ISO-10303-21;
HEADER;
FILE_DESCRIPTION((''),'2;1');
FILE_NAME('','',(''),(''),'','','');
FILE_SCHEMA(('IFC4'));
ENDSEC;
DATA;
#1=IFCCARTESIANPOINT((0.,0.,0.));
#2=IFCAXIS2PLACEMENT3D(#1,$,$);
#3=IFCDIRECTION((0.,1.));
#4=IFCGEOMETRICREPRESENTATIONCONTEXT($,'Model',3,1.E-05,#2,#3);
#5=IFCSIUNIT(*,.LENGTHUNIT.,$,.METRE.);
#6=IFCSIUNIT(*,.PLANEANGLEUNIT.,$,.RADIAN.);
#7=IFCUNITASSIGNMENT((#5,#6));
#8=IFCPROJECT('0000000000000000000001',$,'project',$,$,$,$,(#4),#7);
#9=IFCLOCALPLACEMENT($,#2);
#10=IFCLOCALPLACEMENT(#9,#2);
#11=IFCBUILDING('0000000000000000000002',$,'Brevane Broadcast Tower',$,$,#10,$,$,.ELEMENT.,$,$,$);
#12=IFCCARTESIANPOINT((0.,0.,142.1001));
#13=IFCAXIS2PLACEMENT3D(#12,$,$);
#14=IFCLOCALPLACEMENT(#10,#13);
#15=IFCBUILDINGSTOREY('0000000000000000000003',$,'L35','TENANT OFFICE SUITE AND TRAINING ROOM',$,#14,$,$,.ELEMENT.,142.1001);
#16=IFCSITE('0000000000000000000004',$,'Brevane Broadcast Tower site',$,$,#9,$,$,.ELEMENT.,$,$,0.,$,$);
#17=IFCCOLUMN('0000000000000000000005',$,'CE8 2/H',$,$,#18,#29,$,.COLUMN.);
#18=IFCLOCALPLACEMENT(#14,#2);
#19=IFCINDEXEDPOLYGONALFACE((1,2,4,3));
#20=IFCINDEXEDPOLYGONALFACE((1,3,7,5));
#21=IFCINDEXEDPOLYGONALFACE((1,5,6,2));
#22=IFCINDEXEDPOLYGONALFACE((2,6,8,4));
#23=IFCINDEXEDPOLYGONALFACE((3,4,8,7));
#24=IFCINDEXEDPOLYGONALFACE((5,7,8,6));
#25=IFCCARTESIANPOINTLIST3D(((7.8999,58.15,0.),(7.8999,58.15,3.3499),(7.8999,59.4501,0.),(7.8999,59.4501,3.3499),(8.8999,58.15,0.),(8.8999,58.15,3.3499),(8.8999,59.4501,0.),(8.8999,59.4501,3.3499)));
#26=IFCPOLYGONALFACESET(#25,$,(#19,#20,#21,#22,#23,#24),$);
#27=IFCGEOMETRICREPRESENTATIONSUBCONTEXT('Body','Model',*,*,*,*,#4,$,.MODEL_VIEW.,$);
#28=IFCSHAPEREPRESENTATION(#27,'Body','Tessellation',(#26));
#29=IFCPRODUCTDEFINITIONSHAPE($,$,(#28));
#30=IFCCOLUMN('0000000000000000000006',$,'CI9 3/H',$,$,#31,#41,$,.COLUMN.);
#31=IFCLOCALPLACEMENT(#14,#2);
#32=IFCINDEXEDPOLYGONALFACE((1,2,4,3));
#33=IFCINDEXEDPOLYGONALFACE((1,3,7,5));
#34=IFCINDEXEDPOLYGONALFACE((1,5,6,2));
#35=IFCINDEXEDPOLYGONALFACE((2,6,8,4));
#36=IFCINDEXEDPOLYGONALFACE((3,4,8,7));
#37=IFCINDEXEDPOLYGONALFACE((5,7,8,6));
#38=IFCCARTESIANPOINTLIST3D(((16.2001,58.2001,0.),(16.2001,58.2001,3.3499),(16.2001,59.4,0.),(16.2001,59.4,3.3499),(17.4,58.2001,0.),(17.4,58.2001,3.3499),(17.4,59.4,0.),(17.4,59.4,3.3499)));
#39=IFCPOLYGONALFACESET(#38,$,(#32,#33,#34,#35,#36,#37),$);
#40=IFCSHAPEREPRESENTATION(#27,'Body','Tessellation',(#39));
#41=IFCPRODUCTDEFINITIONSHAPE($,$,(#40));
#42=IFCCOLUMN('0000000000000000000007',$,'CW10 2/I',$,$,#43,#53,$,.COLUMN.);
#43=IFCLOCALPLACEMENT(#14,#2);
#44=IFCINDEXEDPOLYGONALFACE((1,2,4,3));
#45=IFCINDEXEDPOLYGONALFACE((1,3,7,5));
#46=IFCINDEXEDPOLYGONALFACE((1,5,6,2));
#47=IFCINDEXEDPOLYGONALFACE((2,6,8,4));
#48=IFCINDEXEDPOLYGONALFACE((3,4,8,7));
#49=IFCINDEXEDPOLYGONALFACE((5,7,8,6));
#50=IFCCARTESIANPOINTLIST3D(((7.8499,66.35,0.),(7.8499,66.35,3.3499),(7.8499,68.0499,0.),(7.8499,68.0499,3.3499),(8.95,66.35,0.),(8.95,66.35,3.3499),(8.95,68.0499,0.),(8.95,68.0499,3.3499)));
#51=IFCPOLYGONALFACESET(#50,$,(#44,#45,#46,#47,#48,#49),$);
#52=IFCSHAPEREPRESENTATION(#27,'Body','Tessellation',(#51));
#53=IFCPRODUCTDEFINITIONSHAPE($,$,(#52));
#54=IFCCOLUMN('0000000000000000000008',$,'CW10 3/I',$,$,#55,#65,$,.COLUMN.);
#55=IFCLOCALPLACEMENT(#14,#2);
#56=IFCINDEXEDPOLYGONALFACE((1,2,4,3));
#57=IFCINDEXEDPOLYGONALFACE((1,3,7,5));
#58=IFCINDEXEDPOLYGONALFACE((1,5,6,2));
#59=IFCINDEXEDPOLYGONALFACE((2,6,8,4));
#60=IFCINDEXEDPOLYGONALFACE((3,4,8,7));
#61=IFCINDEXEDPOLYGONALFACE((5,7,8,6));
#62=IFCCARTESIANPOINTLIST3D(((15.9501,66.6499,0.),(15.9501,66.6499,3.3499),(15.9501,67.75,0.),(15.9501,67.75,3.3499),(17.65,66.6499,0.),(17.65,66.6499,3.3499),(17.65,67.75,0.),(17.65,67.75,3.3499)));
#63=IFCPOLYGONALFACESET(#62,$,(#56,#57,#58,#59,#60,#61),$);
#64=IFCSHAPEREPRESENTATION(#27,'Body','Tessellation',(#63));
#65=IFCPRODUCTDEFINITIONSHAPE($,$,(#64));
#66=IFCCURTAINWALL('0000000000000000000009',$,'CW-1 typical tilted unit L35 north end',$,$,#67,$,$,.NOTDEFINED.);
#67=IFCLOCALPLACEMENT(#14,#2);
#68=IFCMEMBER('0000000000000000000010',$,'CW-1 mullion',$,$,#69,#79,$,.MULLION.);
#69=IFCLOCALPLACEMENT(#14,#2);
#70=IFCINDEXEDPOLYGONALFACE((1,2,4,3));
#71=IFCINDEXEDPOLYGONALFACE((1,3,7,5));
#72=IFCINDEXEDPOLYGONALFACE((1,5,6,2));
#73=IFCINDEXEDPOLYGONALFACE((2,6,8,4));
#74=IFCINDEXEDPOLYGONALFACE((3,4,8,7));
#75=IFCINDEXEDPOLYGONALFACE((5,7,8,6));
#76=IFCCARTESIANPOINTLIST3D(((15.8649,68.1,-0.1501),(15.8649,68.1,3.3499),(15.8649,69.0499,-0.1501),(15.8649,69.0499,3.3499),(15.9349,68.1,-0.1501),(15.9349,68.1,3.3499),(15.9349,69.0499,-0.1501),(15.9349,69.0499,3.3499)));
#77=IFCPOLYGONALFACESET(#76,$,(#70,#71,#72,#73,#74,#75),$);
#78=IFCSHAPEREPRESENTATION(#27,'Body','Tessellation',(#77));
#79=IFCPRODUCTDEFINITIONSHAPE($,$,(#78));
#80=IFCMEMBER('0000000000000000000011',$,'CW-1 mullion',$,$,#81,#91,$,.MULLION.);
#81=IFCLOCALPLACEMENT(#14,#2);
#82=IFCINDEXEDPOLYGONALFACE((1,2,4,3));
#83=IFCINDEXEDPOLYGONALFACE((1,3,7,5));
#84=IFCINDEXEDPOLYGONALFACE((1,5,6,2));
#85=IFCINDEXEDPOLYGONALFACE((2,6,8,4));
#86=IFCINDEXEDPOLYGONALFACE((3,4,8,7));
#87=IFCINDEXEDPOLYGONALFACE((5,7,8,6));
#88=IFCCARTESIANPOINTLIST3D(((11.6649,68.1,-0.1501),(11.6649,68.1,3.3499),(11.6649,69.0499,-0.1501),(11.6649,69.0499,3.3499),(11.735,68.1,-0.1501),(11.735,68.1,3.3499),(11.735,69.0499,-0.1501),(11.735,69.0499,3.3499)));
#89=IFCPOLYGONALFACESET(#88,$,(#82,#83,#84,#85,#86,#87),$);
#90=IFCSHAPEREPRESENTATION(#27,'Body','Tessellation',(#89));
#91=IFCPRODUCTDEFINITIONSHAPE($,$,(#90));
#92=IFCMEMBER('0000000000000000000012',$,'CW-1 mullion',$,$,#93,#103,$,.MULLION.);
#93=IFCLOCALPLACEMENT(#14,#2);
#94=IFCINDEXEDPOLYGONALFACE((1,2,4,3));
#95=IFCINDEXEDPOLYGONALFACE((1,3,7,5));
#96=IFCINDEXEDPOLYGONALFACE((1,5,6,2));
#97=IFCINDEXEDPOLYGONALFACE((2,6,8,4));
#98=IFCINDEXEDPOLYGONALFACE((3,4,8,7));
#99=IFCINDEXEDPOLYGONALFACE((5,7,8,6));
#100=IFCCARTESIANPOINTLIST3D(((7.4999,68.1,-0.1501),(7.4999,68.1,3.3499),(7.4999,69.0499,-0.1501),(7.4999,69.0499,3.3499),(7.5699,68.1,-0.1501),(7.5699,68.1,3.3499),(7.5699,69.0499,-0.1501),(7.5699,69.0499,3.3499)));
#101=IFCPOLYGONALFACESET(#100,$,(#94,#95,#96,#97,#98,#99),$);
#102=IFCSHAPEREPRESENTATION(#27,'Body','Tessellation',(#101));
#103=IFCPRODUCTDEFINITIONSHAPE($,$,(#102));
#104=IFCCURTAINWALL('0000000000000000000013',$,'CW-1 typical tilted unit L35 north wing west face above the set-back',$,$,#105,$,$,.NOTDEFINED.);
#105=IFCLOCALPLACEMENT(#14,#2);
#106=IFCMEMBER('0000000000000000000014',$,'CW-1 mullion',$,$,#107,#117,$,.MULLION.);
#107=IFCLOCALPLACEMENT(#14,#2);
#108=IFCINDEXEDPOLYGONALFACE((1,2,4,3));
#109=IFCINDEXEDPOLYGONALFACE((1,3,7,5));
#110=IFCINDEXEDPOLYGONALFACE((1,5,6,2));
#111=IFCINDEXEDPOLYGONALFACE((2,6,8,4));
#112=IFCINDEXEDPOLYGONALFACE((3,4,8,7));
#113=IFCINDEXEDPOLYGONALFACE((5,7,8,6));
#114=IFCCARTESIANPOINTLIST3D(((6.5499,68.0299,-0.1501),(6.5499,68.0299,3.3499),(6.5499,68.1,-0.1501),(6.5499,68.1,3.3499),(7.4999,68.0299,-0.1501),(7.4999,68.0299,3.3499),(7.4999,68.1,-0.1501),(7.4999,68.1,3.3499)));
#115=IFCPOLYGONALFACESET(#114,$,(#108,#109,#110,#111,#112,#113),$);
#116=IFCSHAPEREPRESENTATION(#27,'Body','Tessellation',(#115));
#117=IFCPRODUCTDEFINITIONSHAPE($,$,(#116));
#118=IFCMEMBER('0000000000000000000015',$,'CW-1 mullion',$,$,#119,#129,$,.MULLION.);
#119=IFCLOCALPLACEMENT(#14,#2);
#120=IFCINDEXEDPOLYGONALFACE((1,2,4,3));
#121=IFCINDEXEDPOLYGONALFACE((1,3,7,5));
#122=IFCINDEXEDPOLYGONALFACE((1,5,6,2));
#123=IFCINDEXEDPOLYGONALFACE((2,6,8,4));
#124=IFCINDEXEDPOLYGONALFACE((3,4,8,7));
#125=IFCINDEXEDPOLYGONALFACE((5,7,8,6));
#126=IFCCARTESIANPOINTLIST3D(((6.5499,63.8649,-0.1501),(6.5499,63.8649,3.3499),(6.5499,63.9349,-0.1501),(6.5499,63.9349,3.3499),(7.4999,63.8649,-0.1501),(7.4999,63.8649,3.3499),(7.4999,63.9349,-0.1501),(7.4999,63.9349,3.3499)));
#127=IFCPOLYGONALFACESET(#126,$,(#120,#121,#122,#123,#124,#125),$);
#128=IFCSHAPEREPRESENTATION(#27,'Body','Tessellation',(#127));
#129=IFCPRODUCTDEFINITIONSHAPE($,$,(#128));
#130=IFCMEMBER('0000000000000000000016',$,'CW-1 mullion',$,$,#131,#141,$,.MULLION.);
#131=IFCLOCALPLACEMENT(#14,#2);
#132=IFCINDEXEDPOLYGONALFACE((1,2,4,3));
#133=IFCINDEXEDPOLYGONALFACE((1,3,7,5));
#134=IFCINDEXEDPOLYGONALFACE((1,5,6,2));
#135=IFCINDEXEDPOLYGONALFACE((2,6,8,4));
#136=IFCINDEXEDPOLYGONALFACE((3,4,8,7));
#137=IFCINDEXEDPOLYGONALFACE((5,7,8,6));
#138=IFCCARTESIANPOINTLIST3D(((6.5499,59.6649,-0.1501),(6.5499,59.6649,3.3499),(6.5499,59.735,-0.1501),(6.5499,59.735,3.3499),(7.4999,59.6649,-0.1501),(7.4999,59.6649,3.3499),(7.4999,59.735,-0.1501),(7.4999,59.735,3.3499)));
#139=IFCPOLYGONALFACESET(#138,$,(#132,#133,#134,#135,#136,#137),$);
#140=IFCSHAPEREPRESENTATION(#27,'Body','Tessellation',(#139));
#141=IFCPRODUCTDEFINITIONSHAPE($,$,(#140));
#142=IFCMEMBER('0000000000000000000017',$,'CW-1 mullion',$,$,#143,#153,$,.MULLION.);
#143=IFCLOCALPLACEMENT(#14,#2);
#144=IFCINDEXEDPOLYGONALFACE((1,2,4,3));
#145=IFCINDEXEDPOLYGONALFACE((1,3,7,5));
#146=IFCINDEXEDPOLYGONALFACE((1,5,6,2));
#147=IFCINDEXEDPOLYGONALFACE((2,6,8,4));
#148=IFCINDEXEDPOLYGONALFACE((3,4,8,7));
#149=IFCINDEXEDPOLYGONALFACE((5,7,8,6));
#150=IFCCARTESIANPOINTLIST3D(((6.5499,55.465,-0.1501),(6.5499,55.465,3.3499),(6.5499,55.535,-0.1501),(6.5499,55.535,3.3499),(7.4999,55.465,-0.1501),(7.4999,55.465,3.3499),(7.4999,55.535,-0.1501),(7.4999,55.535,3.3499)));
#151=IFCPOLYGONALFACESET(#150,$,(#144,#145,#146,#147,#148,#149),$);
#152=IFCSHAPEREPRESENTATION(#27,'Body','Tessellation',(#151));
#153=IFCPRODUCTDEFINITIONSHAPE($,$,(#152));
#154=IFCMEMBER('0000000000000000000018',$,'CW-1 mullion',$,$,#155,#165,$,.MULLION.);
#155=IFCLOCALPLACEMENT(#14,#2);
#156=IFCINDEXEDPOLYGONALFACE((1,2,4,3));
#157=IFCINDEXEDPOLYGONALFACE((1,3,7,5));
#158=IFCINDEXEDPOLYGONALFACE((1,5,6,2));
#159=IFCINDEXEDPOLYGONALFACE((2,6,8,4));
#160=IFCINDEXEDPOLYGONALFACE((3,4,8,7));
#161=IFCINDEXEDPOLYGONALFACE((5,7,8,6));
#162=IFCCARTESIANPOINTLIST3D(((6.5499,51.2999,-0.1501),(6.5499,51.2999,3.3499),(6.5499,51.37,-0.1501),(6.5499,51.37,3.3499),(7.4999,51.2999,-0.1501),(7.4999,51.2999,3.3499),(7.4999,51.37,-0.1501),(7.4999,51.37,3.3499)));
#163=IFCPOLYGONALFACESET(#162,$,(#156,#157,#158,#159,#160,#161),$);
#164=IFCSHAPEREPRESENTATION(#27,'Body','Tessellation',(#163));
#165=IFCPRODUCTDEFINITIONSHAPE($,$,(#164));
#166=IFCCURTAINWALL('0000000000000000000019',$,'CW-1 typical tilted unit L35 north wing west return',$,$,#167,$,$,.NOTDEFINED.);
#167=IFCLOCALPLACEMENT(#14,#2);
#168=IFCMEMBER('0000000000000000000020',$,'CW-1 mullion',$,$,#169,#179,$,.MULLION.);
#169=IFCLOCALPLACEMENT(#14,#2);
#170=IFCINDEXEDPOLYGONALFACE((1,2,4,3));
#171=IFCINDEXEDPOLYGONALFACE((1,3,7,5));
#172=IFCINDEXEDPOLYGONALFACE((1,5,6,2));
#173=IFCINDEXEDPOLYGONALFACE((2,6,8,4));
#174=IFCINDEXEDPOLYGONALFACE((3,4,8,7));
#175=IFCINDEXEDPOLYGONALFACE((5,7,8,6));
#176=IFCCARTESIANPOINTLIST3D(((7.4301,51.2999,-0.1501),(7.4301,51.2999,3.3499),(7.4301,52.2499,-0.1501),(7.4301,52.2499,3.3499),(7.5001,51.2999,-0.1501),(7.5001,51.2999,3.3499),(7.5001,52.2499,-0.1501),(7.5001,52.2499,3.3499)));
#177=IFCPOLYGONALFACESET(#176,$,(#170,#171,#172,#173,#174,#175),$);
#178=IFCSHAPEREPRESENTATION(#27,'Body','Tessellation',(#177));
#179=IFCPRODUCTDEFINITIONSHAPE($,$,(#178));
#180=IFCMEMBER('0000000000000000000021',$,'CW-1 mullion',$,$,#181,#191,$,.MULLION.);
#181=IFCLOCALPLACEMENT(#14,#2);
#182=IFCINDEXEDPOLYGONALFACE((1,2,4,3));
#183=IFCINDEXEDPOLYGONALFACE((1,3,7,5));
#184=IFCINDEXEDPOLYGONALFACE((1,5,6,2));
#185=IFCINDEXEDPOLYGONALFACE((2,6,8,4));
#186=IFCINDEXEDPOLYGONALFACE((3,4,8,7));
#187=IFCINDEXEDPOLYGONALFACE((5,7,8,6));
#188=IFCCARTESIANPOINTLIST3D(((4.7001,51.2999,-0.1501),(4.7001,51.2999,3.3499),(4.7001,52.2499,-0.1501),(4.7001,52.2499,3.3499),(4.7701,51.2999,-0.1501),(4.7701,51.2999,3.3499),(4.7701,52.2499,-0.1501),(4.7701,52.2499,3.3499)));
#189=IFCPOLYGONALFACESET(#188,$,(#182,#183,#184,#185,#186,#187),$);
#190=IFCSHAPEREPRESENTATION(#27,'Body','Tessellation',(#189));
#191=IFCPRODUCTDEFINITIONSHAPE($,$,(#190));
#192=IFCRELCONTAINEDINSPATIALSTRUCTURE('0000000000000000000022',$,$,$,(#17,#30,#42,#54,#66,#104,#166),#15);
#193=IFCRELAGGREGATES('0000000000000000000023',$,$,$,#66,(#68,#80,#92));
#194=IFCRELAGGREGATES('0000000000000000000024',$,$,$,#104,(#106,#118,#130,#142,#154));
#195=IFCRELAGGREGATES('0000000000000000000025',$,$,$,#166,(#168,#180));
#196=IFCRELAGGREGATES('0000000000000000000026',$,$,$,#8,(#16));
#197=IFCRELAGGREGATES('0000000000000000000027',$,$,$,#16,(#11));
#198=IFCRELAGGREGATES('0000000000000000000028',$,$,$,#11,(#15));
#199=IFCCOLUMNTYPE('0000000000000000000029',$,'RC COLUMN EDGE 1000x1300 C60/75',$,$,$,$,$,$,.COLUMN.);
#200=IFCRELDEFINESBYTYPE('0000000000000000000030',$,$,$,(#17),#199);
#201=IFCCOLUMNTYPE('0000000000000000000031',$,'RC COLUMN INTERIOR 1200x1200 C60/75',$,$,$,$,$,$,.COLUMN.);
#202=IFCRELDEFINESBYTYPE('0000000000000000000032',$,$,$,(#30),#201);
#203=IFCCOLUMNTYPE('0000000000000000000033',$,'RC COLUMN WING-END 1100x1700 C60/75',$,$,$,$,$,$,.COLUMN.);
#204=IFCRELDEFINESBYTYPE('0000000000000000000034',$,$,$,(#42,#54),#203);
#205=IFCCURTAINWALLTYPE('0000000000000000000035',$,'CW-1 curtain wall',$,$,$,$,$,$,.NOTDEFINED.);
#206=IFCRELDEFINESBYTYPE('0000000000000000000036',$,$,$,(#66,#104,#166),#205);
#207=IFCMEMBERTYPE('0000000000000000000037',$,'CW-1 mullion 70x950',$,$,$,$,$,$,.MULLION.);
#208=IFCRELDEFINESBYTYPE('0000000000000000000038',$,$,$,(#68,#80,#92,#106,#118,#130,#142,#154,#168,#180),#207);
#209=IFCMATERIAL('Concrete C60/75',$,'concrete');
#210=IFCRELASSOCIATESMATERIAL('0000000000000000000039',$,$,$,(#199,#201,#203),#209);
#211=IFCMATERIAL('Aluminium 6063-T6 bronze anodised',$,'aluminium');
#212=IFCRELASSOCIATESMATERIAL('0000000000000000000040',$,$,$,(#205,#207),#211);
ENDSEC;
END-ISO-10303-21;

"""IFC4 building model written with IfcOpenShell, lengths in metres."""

from ifc_helpers import new_model, si_unit, direction, frame, origin, origin_2d, place, context, subcontext, project, spatial, rectangle, extrude, material, material_profile, profile_set, type_object, element, aggregate, save


model = new_model("IFC4")

# Units and contexts
model_context = context("Model", 3, precision=1e-05, world=origin(), true_north=direction((0.0, 1.0)))
body_context = subcontext(model_context, "Body", "Model", "MODEL_VIEW")
ifc_project = project(units=[si_unit("LENGTHUNIT", "METRE"), si_unit("PLANEANGLEUNIT", "RADIAN")], contexts=[model_context])

# Site, building, storey
site_placement = place(None, origin())
site = spatial("IfcSite", under=ifc_project, at=site_placement, Name="Brevane Broadcast Tower site", CompositionType="ELEMENT", RefElevation=0.0)
building_placement = place(site_placement, origin())
building = spatial("IfcBuilding", under=site, at=building_placement, Name="Brevane Broadcast Tower", CompositionType="ELEMENT")
storey_placement = place(building_placement, frame((0.0, 0.0, 142.1001)))
storey = spatial("IfcBuildingStorey", under=building, at=storey_placement, Name="L35", Description="TENANT OFFICE SUITE AND TRAINING ROOM", CompositionType="ELEMENT", Elevation=142.1001)

# Columns
ifc_material_1 = material(Name="Concrete C60/75", Category="concrete")
ifc_material_profile_1 = material_profile(ifc_material_1, rectangle(XDim=1.0, YDim=1.3, at=origin_2d()), Name="RC 1000x1300")
ifc_profile_set_1 = profile_set([ifc_material_profile_1], Name="Concrete C60/75")
column_type_1 = type_object("IfcColumnType", Name="RC COLUMN EDGE 1000x1300 C60/75", PredefinedType="COLUMN", material=ifc_profile_set_1)
column_1_placement = place(storey_placement, frame((8.3999, 58.8, 0.0), z_axis=(0.0, 0.0, 1.0), x_axis=(1.0, 0.0, 0.0)))
element("IfcColumn", 1, at=column_1_placement, inside=storey, type_object=column_type_1, Name="CE8 2/H", PredefinedType="COLUMN", context=body_context, shape_type="SweptSolid", body=[
    extrude(rectangle(XDim=1.0, YDim=1.3, at=origin_2d()), origin(), (0.0, 0.0, 1.0), 3.3499),
])
ifc_material_profile_2 = material_profile(ifc_material_1, rectangle(XDim=1.2, YDim=1.2, at=origin_2d()), Name="RC 1200x1200")
ifc_profile_set_2 = profile_set([ifc_material_profile_2], Name="Concrete C60/75")
column_type_2 = type_object("IfcColumnType", Name="RC COLUMN INTERIOR 1200x1200 C60/75", PredefinedType="COLUMN", material=ifc_profile_set_2)
column_2_placement = place(storey_placement, frame((16.8, 58.8, 0.0), z_axis=(0.0, 0.0, 1.0), x_axis=(1.0, 0.0, 0.0)))
element("IfcColumn", 2, at=column_2_placement, inside=storey, type_object=column_type_2, Name="CI9 3/H", PredefinedType="COLUMN", context=body_context, shape_type="SweptSolid", body=[
    extrude(rectangle(XDim=1.2, YDim=1.2, at=origin_2d()), origin(), (0.0, 0.0, 1.0), 3.3499),
])
ifc_material_profile_3 = material_profile(ifc_material_1, rectangle(XDim=1.1001, YDim=1.7, at=origin_2d()), Name="RC 1100x1700")
ifc_profile_set_3 = profile_set([ifc_material_profile_3], Name="Concrete C60/75")
column_type_3 = type_object("IfcColumnType", Name="RC COLUMN WING-END 1100x1700 C60/75", PredefinedType="COLUMN", material=ifc_profile_set_3)
for number, where, z_axis, x_axis, name in (
    (3, (8.3999, 67.2, 0.0), (0.0, 0.0, 1.0), (1.0, 0.0, 0.0), "CW10 2/I"),
    (4, (16.8, 67.2, 0.0), (0.0, 0.0, 1.0), (0.0, 1.0, 0.0), "CW10 3/I"),
):
    element("IfcColumn", number, at=place(storey_placement, frame(where, z_axis=z_axis, x_axis=x_axis)), inside=storey, type_object=column_type_3, Name=name, PredefinedType="COLUMN", context=body_context, shape_type="SweptSolid", body=[
        extrude(rectangle(XDim=1.1001, YDim=1.7, at=origin_2d()), origin(), (0.0, 0.0, 1.0), 3.3499),
    ])

# Curtain walls, members
ifc_material_2 = material(Name="Aluminium 6063-T6 bronze anodised", Category="aluminium")
curtain_wall_type = type_object("IfcCurtainWallType", Name="CW-1 curtain wall", PredefinedType="NOTDEFINED", material=ifc_material_2)
curtain_wall_1_placement = place(storey_placement, origin())
curtain_wall_1 = element("IfcCurtainWall", 5, at=curtain_wall_1_placement, inside=storey, type_object=curtain_wall_type, Name="CW-1 typical tilted unit L35 north end", PredefinedType="NOTDEFINED")
ifc_material_profile_4 = material_profile(ifc_material_2, rectangle(XDim=0.95, YDim=0.0701, at=origin_2d()), Name="RECT 70x950")
ifc_profile_set_4 = profile_set([ifc_material_profile_4], Name="Aluminium 6063-T6 bronze anodised")
member_type_1 = type_object("IfcMemberType", Name="CW-1 mullion 70x950", PredefinedType="MULLION", material=ifc_profile_set_4)
member_1_placement = place(storey_placement, frame((15.8999, 68.575, -0.1501), z_axis=(0.0, 0.0, 1.0), x_axis=(0.0, -1.0, 0.0)))
member_1 = element("IfcMember", 6, at=member_1_placement, type_object=member_type_1, Name="CW-1 mullion", PredefinedType="MULLION", context=body_context, shape_type="SweptSolid", body=[
    extrude(rectangle(XDim=0.95, YDim=0.0701, at=origin_2d()), origin(), (0.0, 0.0, 1.0), 3.5),
])
member_2_placement = place(storey_placement, frame((11.7, 68.575, -0.1501), z_axis=(0.0, 0.0, 1.0), x_axis=(0.0, -1.0, 0.0)))
member_2 = element("IfcMember", 7, at=member_2_placement, type_object=member_type_1, Name="CW-1 mullion", PredefinedType="MULLION", context=body_context, shape_type="SweptSolid", body=[
    extrude(rectangle(XDim=0.95, YDim=0.0701, at=origin_2d()), origin(), (0.0, 0.0, 1.0), 3.5),
])
member_3_placement = place(storey_placement, frame((7.5349, 68.575, -0.1501), z_axis=(0.0, 0.0, 1.0), x_axis=(0.0, -1.0, 0.0)))
member_3 = element("IfcMember", 8, at=member_3_placement, type_object=member_type_1, Name="CW-1 mullion", PredefinedType="MULLION", context=body_context, shape_type="SweptSolid", body=[
    extrude(rectangle(XDim=0.95, YDim=0.0701, at=origin_2d()), origin(), (0.0, 0.0, 1.0), 3.5),
])
aggregate(curtain_wall_1, [member_1, member_2, member_3])
curtain_wall_2_placement = place(storey_placement, origin())
curtain_wall_2 = element("IfcCurtainWall", 9, at=curtain_wall_2_placement, inside=storey, type_object=curtain_wall_type, Name="CW-1 typical tilted unit L35 north wing west face above the set-back", PredefinedType="NOTDEFINED")
member_4_placement = place(storey_placement, frame((7.0249, 68.0649, -0.1501), z_axis=(0.0, 0.0, 1.0), x_axis=(1.0, 0.0, 0.0)))
member_4 = element("IfcMember", 10, at=member_4_placement, type_object=member_type_1, Name="CW-1 mullion", PredefinedType="MULLION", context=body_context, shape_type="SweptSolid", body=[
    extrude(rectangle(XDim=0.95, YDim=0.0701, at=origin_2d()), origin(), (0.0, 0.0, 1.0), 3.5),
])
member_5_placement = place(storey_placement, frame((7.0249, 63.8999, -0.1501), z_axis=(0.0, 0.0, 1.0), x_axis=(1.0, 0.0, 0.0)))
member_5 = element("IfcMember", 11, at=member_5_placement, type_object=member_type_1, Name="CW-1 mullion", PredefinedType="MULLION", context=body_context, shape_type="SweptSolid", body=[
    extrude(rectangle(XDim=0.95, YDim=0.0701, at=origin_2d()), origin(), (0.0, 0.0, 1.0), 3.5),
])
member_6_placement = place(storey_placement, frame((7.0249, 59.7, -0.1501), z_axis=(0.0, 0.0, 1.0), x_axis=(1.0, 0.0, 0.0)))
member_6 = element("IfcMember", 12, at=member_6_placement, type_object=member_type_1, Name="CW-1 mullion", PredefinedType="MULLION", context=body_context, shape_type="SweptSolid", body=[
    extrude(rectangle(XDim=0.95, YDim=0.0701, at=origin_2d()), origin(), (0.0, 0.0, 1.0), 3.5),
])
member_7_placement = place(storey_placement, frame((7.0249, 55.5, -0.1501), z_axis=(0.0, 0.0, 1.0), x_axis=(1.0, 0.0, 0.0)))
member_7 = element("IfcMember", 13, at=member_7_placement, type_object=member_type_1, Name="CW-1 mullion", PredefinedType="MULLION", context=body_context, shape_type="SweptSolid", body=[
    extrude(rectangle(XDim=0.95, YDim=0.0701, at=origin_2d()), origin(), (0.0, 0.0, 1.0), 3.5),
])
member_8_placement = place(storey_placement, frame((7.0249, 51.335, -0.1501), z_axis=(0.0, 0.0, 1.0), x_axis=(1.0, 0.0, 0.0)))
member_8 = element("IfcMember", 14, at=member_8_placement, type_object=member_type_1, Name="CW-1 mullion", PredefinedType="MULLION", context=body_context, shape_type="SweptSolid", body=[
    extrude(rectangle(XDim=0.95, YDim=0.0701, at=origin_2d()), origin(), (0.0, 0.0, 1.0), 3.5),
])
curtain_wall_3_placement = place(storey_placement, origin())
curtain_wall_3 = element("IfcCurtainWall", 15, at=curtain_wall_3_placement, inside=storey, type_object=curtain_wall_type, Name="CW-1 typical tilted unit L35 north wing west return", PredefinedType="NOTDEFINED")
member_9_placement = place(storey_placement, frame((7.4651, 51.7749, -0.1501), z_axis=(0.0, 0.0, 1.0), x_axis=(0.0, -1.0, 0.0)))
member_9 = element("IfcMember", 16, at=member_9_placement, type_object=member_type_1, Name="CW-1 mullion", PredefinedType="MULLION", context=body_context, shape_type="SweptSolid", body=[
    extrude(rectangle(XDim=0.95, YDim=0.0701, at=origin_2d()), origin(), (0.0, 0.0, 1.0), 3.5),
])
member_10_placement = place(storey_placement, frame((4.7351, 51.7749, -0.1501), z_axis=(0.0, 0.0, 1.0), x_axis=(0.0, -1.0, 0.0)))
member_10 = element("IfcMember", 17, at=member_10_placement, type_object=member_type_1, Name="CW-1 mullion", PredefinedType="MULLION", context=body_context, shape_type="SweptSolid", body=[
    extrude(rectangle(XDim=0.95, YDim=0.0701, at=origin_2d()), origin(), (0.0, 0.0, 1.0), 3.5),
])

aggregate(curtain_wall_2, [member_4, member_5, member_6, member_7, member_8])
aggregate(curtain_wall_3, [member_9, member_10])

save(model, "model.ifc")
